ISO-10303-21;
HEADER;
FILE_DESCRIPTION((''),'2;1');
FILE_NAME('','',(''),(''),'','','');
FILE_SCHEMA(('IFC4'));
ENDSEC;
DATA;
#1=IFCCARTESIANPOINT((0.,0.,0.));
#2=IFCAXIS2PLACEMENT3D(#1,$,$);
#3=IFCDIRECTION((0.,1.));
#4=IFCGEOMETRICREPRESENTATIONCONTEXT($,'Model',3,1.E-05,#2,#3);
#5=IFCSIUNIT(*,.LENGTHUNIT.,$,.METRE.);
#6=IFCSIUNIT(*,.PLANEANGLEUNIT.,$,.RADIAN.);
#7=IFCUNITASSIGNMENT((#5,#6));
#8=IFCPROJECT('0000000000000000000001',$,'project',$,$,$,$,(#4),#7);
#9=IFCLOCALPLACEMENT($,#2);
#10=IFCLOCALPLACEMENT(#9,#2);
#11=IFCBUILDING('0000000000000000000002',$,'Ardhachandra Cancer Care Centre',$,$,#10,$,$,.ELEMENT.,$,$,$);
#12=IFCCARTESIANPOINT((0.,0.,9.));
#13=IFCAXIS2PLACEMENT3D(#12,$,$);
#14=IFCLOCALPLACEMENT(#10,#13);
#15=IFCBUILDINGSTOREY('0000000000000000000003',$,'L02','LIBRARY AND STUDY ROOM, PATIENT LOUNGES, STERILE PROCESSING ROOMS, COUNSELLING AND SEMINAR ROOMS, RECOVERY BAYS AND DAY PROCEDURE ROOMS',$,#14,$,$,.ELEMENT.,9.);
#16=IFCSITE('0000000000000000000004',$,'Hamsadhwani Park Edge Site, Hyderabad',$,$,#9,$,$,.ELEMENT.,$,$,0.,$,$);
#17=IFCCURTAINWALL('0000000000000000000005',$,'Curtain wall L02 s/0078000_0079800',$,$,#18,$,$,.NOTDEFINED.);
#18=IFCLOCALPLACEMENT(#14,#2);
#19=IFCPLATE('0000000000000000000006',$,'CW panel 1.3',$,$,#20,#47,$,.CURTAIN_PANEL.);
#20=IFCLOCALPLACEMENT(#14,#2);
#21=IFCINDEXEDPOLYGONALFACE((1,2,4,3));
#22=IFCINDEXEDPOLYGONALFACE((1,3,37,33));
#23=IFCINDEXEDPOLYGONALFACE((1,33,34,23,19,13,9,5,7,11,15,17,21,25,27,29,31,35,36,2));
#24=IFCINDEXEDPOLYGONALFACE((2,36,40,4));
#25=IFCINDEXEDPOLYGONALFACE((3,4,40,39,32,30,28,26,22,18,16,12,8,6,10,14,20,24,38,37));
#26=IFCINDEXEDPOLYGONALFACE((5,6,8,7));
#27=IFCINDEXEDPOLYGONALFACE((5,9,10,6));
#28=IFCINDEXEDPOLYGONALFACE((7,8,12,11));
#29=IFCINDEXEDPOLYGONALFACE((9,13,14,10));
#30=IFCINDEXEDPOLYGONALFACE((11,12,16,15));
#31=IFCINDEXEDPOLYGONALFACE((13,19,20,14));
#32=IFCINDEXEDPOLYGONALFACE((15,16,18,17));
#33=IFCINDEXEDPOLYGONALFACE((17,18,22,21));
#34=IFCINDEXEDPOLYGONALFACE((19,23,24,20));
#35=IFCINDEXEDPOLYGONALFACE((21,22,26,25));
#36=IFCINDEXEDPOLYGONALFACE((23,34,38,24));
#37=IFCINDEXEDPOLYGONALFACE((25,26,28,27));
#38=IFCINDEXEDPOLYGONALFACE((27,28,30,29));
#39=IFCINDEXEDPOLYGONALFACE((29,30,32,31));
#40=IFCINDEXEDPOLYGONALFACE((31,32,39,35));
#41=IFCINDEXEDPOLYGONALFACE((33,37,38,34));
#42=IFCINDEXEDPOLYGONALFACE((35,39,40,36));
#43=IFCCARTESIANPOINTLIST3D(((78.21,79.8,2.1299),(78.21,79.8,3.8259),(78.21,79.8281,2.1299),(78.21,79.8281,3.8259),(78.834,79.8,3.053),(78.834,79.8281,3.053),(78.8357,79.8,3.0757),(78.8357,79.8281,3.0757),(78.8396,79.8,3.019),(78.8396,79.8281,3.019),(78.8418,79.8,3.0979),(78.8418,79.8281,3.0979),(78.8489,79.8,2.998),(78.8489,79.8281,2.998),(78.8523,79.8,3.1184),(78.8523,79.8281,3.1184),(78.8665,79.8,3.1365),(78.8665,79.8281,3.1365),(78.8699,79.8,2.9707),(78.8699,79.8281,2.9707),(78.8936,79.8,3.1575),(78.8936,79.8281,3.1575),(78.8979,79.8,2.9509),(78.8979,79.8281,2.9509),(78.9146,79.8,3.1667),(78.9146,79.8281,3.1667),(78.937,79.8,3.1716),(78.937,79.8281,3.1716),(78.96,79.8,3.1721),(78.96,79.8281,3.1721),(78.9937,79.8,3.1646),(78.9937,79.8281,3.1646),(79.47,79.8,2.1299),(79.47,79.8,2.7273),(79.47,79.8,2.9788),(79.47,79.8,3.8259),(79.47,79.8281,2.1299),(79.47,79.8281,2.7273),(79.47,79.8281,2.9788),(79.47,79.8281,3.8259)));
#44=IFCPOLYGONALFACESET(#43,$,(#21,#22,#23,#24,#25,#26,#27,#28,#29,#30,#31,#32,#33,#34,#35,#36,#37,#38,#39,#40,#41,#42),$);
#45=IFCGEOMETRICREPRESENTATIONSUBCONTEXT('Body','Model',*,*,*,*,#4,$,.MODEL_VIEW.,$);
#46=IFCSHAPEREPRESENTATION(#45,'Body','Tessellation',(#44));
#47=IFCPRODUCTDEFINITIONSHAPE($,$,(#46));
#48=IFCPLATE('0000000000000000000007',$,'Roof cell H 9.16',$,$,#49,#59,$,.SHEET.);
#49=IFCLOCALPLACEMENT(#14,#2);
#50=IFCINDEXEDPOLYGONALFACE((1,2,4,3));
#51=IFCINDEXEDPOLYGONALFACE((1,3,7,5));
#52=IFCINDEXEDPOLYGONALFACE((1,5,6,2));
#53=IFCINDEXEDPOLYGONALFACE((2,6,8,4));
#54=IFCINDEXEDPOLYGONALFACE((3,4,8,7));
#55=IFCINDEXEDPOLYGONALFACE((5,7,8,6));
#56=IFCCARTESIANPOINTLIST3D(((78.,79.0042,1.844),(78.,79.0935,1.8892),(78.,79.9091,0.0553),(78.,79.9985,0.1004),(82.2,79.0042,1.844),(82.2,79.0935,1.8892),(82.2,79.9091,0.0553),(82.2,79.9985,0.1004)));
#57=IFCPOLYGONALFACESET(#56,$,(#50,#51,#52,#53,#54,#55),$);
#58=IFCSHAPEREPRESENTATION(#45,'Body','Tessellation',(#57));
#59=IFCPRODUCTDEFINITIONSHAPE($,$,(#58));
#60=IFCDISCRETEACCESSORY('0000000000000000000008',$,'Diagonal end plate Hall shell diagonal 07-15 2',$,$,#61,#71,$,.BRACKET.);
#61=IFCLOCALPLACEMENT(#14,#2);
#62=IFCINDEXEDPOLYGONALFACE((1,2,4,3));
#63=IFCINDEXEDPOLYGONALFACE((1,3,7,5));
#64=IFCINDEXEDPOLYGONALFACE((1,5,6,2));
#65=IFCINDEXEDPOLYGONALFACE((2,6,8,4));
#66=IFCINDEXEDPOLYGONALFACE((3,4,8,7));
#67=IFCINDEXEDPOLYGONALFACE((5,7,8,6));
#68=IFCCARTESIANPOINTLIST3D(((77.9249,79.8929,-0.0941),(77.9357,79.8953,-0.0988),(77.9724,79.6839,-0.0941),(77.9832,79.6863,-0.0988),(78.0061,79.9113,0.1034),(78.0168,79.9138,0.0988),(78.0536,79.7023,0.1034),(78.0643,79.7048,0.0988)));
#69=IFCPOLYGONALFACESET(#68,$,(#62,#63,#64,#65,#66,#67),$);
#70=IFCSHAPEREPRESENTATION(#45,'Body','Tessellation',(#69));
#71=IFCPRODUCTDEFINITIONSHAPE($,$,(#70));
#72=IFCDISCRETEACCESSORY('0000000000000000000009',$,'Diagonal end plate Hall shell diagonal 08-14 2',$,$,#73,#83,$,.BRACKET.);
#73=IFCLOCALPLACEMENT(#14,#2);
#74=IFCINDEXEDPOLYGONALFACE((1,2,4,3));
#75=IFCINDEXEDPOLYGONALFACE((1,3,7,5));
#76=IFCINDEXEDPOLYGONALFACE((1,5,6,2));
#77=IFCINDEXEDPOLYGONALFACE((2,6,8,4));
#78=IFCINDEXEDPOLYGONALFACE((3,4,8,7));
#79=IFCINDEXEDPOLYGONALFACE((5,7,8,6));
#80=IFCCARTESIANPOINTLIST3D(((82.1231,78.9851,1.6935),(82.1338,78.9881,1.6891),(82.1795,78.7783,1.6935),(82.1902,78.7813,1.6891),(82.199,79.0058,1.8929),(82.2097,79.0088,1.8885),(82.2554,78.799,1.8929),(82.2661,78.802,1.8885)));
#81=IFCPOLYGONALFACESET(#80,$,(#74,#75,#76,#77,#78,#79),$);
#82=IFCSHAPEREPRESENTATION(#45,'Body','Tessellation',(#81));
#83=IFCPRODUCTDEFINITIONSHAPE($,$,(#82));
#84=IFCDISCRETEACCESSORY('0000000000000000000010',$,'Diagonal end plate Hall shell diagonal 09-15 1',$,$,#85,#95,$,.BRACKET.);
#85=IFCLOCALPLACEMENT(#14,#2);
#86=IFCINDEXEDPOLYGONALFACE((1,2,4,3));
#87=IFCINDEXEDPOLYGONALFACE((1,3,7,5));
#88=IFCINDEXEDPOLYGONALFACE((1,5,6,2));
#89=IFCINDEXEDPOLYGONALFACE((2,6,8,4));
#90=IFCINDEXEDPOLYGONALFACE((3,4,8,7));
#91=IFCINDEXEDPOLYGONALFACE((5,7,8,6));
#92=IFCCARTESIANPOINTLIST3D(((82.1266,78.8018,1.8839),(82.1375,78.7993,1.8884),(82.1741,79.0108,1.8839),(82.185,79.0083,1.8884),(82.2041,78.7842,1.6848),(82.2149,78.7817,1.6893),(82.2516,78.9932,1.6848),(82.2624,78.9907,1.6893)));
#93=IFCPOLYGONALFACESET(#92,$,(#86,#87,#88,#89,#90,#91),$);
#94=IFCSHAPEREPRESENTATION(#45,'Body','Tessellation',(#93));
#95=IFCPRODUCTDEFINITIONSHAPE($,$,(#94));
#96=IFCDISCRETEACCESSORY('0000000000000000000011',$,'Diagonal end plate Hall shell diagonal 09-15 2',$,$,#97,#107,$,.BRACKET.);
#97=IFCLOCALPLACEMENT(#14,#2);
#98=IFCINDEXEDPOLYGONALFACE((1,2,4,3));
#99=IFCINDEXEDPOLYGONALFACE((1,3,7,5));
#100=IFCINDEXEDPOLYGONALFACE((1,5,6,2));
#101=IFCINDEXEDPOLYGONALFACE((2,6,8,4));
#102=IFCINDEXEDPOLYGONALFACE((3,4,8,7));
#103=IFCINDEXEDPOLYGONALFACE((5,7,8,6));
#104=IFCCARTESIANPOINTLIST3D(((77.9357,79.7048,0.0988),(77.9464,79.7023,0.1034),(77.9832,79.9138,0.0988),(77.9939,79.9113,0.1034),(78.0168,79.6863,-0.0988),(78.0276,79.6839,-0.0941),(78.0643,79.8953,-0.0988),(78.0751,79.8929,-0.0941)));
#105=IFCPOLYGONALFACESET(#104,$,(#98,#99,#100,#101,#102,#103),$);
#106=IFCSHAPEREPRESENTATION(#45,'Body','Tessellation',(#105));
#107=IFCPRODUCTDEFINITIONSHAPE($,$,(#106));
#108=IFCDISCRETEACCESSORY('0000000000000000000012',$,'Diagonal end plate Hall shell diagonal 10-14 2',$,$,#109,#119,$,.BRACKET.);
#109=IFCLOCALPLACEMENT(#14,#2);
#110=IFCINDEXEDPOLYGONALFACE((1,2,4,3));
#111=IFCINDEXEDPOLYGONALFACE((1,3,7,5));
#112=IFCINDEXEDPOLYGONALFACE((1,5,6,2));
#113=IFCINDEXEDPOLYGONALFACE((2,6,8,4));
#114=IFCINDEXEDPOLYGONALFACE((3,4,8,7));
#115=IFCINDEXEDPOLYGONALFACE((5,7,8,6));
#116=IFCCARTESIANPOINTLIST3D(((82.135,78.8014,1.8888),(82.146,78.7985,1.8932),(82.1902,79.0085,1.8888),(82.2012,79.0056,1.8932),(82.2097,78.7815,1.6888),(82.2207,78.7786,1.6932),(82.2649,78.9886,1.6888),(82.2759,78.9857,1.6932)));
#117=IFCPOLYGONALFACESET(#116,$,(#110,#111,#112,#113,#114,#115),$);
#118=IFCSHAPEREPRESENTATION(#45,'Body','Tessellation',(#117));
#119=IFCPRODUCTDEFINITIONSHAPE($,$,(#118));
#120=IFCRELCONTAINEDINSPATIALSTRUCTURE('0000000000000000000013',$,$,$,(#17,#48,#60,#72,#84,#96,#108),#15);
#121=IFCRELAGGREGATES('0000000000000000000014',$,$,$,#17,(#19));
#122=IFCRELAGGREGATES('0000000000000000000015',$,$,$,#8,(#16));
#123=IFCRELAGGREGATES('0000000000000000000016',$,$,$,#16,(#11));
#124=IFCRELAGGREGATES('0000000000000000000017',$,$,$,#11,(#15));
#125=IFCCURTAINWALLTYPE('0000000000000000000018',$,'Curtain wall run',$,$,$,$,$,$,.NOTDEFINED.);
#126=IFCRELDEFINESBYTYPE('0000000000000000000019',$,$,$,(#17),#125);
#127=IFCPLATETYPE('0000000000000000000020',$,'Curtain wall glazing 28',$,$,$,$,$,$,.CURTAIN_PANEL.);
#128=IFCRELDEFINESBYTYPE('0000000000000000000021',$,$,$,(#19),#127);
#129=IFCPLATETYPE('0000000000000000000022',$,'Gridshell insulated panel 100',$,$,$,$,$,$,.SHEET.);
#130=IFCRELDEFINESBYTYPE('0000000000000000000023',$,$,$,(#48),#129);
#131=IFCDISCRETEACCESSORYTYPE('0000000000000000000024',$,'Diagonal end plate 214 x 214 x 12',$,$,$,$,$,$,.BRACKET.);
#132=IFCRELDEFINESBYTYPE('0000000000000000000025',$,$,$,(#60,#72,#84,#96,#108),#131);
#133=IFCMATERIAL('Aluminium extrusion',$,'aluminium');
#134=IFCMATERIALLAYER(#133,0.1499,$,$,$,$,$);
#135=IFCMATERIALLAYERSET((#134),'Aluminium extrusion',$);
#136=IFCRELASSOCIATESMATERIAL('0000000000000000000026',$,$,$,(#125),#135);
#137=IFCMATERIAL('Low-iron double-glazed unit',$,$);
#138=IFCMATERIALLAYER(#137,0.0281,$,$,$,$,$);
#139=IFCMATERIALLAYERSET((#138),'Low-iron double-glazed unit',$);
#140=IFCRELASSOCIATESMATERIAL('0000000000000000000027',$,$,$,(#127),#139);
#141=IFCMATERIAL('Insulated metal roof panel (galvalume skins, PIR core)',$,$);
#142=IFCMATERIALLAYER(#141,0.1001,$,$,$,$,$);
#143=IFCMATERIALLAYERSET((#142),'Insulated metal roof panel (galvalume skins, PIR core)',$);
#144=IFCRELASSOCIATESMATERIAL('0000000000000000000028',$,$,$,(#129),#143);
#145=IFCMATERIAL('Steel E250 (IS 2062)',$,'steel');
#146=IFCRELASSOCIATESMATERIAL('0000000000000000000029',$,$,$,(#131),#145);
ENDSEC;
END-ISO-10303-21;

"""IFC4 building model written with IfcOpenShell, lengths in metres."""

from ifc_helpers import new_model, si_unit, direction, frame, origin, origin_2d, place, context, subcontext, project, spatial, polyline, rectangle, outline, extrude, material, layer, layer_set, material_profile, profile_set, type_object, element, aggregate, save


model = new_model("IFC4")

# Units and contexts
model_context = context("Model", 3, precision=1e-05, world=origin(), true_north=direction((0.0, 1.0)))
body_context = subcontext(model_context, "Body", "Model", "MODEL_VIEW")
ifc_project = project(units=[si_unit("LENGTHUNIT", "METRE"), si_unit("PLANEANGLEUNIT", "RADIAN")], contexts=[model_context])

# Site, building, storey
site_placement = place(None, origin())
site = spatial("IfcSite", under=ifc_project, at=site_placement, Name="Hamsadhwani Park Edge Site, Hyderabad", CompositionType="ELEMENT", RefElevation=0.0)
building_placement = place(site_placement, origin())
building = spatial("IfcBuilding", under=site, at=building_placement, Name="Ardhachandra Cancer Care Centre", CompositionType="ELEMENT")
storey_placement = place(building_placement, frame((0.0, 0.0, 9.0)))
storey = spatial("IfcBuildingStorey", under=building, at=storey_placement, Name="L02", Description="LIBRARY AND STUDY ROOM, PATIENT LOUNGES, STERILE PROCESSING ROOMS, COUNSELLING AND SEMINAR ROOMS, RECOVERY BAYS AND DAY PROCEDURE ROOMS", CompositionType="ELEMENT", Elevation=9.0)

# Curtain wall
ifc_material_1 = material(Name="Aluminium extrusion", Category="aluminium")
ifc_layer_1 = layer(ifc_material_1, 0.1499)
ifc_layer_set_1 = layer_set([ifc_layer_1], Name="Aluminium extrusion")
curtain_wall_type = type_object("IfcCurtainWallType", Name="Curtain wall run", PredefinedType="NOTDEFINED", material=ifc_layer_set_1)
curtain_wall_placement = place(storey_placement, origin())
curtain_wall = element("IfcCurtainWall", 1, at=curtain_wall_placement, inside=storey, type_object=curtain_wall_type, Name="Curtain wall L02 s/0078000_0079800", PredefinedType="NOTDEFINED")

# Plates
ifc_material_2 = material(Name="Low-iron double-glazed unit")
ifc_layer_2 = layer(ifc_material_2, 0.0281)
ifc_layer_set_2 = layer_set([ifc_layer_2], Name="Low-iron double-glazed unit")
plate_type_1 = type_object("IfcPlateType", Name="Curtain wall glazing 28", PredefinedType="CURTAIN_PANEL", material=ifc_layer_set_2)
plate_1_placement = place(storey_placement, frame((79.47, 79.8, 2.1299), z_axis=(0.0, 1.0, 0.0), x_axis=(-1.0, 0.0, 0.0)))
plate_1 = element("IfcPlate", 2, at=plate_1_placement, type_object=plate_type_1, Name="CW panel 1.3", PredefinedType="CURTAIN_PANEL", context=body_context, shape_type="SweptSolid", body=[
    extrude(outline(polyline([(0.0, 0.0), (1.26, 0.0), (1.26, 1.696), (0.0, 1.696), (0.0, 0.8489), (0.4763, 1.0347), (0.51, 1.0422), (0.533, 1.0417), (0.5554, 1.0369), (0.5764, 1.0276), (0.6035, 1.0066), (0.6177, 0.9885), (0.6282, 0.968), (0.6343, 0.9458), (0.636, 0.9231), (0.6304, 0.8892), (0.6211, 0.8682), (0.6001, 0.8408), (0.572, 0.821), (0.0, 0.5974), (0.0, 0.0)])), origin(), (0.0, 0.0, 1.0), 0.0281),
])
aggregate(curtain_wall, [plate_1])
ifc_material_3 = material(Name="Insulated metal roof panel (galvalume skins, PIR core)")
ifc_layer_3 = layer(ifc_material_3, 0.1001)
ifc_layer_set_3 = layer_set([ifc_layer_3], Name="Insulated metal roof panel (galvalume skins, PIR core)")
plate_type_2 = type_object("IfcPlateType", Name="Gridshell insulated panel 100", PredefinedType="SHEET", material=ifc_layer_set_3)
plate_2_placement = place(storey_placement, frame((78.0, 79.0042, 1.844), z_axis=(0.0, 0.892298, 0.451447), x_axis=(1.0, 0.0, 0.0)))
element("IfcPlate", 3, at=plate_2_placement, inside=storey, type_object=plate_type_2, Name="Roof cell H 9.16", PredefinedType="SHEET", context=body_context, shape_type="SweptSolid", body=[
    extrude(outline(polyline([(0.0, 0.0), (4.2, 0.0), (4.2, 2.0046), (0.0, 2.0046), (0.0, 0.0)])), origin(), (0.0, 0.0, 1.0), 0.1001),
])

# Discrete accessories
ifc_material_4 = material(Name="Steel E250 (IS 2062)", Category="steel")
ifc_material_profile_1 = material_profile(ifc_material_4, rectangle(XDim=0.2144, YDim=0.2144, at=origin_2d()), Name="PL 214x214x12")
ifc_profile_set_1 = profile_set([ifc_material_profile_1], Name="Steel E250 (IS 2062)")
discrete_accessory_type = type_object("IfcDiscreteAccessoryType", Name="Diagonal end plate 214 x 214 x 12", PredefinedType="BRACKET", material=ifc_profile_set_1)
for number, where, z_axis, x_axis, name in (
    (4, (78.0, 79.8, 0.0), (-0.898708, -0.204252, 0.388079), (0.221621, -0.975133, 0.0), "Diagonal end plate Hall shell diagonal 07-15 2"),
    (5, (82.2, 78.895, 1.7888), (-0.897399, -0.244745, 0.367118), (0.263117, -0.964764, 0.0), "Diagonal end plate Hall shell diagonal 08-14 2"),
    (6, (82.2, 78.895, 1.7888), (-0.905726, 0.205847, -0.370524), (-0.221621, -0.975133, 0.0), "Diagonal end plate Hall shell diagonal 09-15 1"),
    (7, (78.0, 79.8, 0.0), (0.898708, -0.204252, 0.388079), (0.221621, 0.975133, 0.0), "Diagonal end plate Hall shell diagonal 09-15 2"),
):
    element("IfcDiscreteAccessory", number, at=place(storey_placement, frame(where, z_axis=z_axis, x_axis=x_axis)), inside=storey, type_object=discrete_accessory_type, Name=name, PredefinedType="BRACKET", context=body_context, shape_type="SweptSolid", body=[
        extrude(rectangle(XDim=0.2144, YDim=0.2144, at=origin_2d()), origin(), (0.0, 0.0, 1.0), 0.012),
    ])
discrete_accessory_placement = place(storey_placement, frame((82.2, 78.895, 1.7888), z_axis=(0.901263, -0.240337, 0.360505), x_axis=(0.257663, 0.966235, 0.0)))
element("IfcDiscreteAccessory", 8, at=discrete_accessory_placement, inside=storey, type_object=discrete_accessory_type, Name="Diagonal end plate Hall shell diagonal 10-14 2", PredefinedType="BRACKET", context=body_context, shape_type="SweptSolid", body=[
    extrude(rectangle(XDim=0.2144, YDim=0.2144, at=origin_2d()), origin(), (0.0, 0.0, 1.0), 0.0122),
])

save(model, "model.ifc")
